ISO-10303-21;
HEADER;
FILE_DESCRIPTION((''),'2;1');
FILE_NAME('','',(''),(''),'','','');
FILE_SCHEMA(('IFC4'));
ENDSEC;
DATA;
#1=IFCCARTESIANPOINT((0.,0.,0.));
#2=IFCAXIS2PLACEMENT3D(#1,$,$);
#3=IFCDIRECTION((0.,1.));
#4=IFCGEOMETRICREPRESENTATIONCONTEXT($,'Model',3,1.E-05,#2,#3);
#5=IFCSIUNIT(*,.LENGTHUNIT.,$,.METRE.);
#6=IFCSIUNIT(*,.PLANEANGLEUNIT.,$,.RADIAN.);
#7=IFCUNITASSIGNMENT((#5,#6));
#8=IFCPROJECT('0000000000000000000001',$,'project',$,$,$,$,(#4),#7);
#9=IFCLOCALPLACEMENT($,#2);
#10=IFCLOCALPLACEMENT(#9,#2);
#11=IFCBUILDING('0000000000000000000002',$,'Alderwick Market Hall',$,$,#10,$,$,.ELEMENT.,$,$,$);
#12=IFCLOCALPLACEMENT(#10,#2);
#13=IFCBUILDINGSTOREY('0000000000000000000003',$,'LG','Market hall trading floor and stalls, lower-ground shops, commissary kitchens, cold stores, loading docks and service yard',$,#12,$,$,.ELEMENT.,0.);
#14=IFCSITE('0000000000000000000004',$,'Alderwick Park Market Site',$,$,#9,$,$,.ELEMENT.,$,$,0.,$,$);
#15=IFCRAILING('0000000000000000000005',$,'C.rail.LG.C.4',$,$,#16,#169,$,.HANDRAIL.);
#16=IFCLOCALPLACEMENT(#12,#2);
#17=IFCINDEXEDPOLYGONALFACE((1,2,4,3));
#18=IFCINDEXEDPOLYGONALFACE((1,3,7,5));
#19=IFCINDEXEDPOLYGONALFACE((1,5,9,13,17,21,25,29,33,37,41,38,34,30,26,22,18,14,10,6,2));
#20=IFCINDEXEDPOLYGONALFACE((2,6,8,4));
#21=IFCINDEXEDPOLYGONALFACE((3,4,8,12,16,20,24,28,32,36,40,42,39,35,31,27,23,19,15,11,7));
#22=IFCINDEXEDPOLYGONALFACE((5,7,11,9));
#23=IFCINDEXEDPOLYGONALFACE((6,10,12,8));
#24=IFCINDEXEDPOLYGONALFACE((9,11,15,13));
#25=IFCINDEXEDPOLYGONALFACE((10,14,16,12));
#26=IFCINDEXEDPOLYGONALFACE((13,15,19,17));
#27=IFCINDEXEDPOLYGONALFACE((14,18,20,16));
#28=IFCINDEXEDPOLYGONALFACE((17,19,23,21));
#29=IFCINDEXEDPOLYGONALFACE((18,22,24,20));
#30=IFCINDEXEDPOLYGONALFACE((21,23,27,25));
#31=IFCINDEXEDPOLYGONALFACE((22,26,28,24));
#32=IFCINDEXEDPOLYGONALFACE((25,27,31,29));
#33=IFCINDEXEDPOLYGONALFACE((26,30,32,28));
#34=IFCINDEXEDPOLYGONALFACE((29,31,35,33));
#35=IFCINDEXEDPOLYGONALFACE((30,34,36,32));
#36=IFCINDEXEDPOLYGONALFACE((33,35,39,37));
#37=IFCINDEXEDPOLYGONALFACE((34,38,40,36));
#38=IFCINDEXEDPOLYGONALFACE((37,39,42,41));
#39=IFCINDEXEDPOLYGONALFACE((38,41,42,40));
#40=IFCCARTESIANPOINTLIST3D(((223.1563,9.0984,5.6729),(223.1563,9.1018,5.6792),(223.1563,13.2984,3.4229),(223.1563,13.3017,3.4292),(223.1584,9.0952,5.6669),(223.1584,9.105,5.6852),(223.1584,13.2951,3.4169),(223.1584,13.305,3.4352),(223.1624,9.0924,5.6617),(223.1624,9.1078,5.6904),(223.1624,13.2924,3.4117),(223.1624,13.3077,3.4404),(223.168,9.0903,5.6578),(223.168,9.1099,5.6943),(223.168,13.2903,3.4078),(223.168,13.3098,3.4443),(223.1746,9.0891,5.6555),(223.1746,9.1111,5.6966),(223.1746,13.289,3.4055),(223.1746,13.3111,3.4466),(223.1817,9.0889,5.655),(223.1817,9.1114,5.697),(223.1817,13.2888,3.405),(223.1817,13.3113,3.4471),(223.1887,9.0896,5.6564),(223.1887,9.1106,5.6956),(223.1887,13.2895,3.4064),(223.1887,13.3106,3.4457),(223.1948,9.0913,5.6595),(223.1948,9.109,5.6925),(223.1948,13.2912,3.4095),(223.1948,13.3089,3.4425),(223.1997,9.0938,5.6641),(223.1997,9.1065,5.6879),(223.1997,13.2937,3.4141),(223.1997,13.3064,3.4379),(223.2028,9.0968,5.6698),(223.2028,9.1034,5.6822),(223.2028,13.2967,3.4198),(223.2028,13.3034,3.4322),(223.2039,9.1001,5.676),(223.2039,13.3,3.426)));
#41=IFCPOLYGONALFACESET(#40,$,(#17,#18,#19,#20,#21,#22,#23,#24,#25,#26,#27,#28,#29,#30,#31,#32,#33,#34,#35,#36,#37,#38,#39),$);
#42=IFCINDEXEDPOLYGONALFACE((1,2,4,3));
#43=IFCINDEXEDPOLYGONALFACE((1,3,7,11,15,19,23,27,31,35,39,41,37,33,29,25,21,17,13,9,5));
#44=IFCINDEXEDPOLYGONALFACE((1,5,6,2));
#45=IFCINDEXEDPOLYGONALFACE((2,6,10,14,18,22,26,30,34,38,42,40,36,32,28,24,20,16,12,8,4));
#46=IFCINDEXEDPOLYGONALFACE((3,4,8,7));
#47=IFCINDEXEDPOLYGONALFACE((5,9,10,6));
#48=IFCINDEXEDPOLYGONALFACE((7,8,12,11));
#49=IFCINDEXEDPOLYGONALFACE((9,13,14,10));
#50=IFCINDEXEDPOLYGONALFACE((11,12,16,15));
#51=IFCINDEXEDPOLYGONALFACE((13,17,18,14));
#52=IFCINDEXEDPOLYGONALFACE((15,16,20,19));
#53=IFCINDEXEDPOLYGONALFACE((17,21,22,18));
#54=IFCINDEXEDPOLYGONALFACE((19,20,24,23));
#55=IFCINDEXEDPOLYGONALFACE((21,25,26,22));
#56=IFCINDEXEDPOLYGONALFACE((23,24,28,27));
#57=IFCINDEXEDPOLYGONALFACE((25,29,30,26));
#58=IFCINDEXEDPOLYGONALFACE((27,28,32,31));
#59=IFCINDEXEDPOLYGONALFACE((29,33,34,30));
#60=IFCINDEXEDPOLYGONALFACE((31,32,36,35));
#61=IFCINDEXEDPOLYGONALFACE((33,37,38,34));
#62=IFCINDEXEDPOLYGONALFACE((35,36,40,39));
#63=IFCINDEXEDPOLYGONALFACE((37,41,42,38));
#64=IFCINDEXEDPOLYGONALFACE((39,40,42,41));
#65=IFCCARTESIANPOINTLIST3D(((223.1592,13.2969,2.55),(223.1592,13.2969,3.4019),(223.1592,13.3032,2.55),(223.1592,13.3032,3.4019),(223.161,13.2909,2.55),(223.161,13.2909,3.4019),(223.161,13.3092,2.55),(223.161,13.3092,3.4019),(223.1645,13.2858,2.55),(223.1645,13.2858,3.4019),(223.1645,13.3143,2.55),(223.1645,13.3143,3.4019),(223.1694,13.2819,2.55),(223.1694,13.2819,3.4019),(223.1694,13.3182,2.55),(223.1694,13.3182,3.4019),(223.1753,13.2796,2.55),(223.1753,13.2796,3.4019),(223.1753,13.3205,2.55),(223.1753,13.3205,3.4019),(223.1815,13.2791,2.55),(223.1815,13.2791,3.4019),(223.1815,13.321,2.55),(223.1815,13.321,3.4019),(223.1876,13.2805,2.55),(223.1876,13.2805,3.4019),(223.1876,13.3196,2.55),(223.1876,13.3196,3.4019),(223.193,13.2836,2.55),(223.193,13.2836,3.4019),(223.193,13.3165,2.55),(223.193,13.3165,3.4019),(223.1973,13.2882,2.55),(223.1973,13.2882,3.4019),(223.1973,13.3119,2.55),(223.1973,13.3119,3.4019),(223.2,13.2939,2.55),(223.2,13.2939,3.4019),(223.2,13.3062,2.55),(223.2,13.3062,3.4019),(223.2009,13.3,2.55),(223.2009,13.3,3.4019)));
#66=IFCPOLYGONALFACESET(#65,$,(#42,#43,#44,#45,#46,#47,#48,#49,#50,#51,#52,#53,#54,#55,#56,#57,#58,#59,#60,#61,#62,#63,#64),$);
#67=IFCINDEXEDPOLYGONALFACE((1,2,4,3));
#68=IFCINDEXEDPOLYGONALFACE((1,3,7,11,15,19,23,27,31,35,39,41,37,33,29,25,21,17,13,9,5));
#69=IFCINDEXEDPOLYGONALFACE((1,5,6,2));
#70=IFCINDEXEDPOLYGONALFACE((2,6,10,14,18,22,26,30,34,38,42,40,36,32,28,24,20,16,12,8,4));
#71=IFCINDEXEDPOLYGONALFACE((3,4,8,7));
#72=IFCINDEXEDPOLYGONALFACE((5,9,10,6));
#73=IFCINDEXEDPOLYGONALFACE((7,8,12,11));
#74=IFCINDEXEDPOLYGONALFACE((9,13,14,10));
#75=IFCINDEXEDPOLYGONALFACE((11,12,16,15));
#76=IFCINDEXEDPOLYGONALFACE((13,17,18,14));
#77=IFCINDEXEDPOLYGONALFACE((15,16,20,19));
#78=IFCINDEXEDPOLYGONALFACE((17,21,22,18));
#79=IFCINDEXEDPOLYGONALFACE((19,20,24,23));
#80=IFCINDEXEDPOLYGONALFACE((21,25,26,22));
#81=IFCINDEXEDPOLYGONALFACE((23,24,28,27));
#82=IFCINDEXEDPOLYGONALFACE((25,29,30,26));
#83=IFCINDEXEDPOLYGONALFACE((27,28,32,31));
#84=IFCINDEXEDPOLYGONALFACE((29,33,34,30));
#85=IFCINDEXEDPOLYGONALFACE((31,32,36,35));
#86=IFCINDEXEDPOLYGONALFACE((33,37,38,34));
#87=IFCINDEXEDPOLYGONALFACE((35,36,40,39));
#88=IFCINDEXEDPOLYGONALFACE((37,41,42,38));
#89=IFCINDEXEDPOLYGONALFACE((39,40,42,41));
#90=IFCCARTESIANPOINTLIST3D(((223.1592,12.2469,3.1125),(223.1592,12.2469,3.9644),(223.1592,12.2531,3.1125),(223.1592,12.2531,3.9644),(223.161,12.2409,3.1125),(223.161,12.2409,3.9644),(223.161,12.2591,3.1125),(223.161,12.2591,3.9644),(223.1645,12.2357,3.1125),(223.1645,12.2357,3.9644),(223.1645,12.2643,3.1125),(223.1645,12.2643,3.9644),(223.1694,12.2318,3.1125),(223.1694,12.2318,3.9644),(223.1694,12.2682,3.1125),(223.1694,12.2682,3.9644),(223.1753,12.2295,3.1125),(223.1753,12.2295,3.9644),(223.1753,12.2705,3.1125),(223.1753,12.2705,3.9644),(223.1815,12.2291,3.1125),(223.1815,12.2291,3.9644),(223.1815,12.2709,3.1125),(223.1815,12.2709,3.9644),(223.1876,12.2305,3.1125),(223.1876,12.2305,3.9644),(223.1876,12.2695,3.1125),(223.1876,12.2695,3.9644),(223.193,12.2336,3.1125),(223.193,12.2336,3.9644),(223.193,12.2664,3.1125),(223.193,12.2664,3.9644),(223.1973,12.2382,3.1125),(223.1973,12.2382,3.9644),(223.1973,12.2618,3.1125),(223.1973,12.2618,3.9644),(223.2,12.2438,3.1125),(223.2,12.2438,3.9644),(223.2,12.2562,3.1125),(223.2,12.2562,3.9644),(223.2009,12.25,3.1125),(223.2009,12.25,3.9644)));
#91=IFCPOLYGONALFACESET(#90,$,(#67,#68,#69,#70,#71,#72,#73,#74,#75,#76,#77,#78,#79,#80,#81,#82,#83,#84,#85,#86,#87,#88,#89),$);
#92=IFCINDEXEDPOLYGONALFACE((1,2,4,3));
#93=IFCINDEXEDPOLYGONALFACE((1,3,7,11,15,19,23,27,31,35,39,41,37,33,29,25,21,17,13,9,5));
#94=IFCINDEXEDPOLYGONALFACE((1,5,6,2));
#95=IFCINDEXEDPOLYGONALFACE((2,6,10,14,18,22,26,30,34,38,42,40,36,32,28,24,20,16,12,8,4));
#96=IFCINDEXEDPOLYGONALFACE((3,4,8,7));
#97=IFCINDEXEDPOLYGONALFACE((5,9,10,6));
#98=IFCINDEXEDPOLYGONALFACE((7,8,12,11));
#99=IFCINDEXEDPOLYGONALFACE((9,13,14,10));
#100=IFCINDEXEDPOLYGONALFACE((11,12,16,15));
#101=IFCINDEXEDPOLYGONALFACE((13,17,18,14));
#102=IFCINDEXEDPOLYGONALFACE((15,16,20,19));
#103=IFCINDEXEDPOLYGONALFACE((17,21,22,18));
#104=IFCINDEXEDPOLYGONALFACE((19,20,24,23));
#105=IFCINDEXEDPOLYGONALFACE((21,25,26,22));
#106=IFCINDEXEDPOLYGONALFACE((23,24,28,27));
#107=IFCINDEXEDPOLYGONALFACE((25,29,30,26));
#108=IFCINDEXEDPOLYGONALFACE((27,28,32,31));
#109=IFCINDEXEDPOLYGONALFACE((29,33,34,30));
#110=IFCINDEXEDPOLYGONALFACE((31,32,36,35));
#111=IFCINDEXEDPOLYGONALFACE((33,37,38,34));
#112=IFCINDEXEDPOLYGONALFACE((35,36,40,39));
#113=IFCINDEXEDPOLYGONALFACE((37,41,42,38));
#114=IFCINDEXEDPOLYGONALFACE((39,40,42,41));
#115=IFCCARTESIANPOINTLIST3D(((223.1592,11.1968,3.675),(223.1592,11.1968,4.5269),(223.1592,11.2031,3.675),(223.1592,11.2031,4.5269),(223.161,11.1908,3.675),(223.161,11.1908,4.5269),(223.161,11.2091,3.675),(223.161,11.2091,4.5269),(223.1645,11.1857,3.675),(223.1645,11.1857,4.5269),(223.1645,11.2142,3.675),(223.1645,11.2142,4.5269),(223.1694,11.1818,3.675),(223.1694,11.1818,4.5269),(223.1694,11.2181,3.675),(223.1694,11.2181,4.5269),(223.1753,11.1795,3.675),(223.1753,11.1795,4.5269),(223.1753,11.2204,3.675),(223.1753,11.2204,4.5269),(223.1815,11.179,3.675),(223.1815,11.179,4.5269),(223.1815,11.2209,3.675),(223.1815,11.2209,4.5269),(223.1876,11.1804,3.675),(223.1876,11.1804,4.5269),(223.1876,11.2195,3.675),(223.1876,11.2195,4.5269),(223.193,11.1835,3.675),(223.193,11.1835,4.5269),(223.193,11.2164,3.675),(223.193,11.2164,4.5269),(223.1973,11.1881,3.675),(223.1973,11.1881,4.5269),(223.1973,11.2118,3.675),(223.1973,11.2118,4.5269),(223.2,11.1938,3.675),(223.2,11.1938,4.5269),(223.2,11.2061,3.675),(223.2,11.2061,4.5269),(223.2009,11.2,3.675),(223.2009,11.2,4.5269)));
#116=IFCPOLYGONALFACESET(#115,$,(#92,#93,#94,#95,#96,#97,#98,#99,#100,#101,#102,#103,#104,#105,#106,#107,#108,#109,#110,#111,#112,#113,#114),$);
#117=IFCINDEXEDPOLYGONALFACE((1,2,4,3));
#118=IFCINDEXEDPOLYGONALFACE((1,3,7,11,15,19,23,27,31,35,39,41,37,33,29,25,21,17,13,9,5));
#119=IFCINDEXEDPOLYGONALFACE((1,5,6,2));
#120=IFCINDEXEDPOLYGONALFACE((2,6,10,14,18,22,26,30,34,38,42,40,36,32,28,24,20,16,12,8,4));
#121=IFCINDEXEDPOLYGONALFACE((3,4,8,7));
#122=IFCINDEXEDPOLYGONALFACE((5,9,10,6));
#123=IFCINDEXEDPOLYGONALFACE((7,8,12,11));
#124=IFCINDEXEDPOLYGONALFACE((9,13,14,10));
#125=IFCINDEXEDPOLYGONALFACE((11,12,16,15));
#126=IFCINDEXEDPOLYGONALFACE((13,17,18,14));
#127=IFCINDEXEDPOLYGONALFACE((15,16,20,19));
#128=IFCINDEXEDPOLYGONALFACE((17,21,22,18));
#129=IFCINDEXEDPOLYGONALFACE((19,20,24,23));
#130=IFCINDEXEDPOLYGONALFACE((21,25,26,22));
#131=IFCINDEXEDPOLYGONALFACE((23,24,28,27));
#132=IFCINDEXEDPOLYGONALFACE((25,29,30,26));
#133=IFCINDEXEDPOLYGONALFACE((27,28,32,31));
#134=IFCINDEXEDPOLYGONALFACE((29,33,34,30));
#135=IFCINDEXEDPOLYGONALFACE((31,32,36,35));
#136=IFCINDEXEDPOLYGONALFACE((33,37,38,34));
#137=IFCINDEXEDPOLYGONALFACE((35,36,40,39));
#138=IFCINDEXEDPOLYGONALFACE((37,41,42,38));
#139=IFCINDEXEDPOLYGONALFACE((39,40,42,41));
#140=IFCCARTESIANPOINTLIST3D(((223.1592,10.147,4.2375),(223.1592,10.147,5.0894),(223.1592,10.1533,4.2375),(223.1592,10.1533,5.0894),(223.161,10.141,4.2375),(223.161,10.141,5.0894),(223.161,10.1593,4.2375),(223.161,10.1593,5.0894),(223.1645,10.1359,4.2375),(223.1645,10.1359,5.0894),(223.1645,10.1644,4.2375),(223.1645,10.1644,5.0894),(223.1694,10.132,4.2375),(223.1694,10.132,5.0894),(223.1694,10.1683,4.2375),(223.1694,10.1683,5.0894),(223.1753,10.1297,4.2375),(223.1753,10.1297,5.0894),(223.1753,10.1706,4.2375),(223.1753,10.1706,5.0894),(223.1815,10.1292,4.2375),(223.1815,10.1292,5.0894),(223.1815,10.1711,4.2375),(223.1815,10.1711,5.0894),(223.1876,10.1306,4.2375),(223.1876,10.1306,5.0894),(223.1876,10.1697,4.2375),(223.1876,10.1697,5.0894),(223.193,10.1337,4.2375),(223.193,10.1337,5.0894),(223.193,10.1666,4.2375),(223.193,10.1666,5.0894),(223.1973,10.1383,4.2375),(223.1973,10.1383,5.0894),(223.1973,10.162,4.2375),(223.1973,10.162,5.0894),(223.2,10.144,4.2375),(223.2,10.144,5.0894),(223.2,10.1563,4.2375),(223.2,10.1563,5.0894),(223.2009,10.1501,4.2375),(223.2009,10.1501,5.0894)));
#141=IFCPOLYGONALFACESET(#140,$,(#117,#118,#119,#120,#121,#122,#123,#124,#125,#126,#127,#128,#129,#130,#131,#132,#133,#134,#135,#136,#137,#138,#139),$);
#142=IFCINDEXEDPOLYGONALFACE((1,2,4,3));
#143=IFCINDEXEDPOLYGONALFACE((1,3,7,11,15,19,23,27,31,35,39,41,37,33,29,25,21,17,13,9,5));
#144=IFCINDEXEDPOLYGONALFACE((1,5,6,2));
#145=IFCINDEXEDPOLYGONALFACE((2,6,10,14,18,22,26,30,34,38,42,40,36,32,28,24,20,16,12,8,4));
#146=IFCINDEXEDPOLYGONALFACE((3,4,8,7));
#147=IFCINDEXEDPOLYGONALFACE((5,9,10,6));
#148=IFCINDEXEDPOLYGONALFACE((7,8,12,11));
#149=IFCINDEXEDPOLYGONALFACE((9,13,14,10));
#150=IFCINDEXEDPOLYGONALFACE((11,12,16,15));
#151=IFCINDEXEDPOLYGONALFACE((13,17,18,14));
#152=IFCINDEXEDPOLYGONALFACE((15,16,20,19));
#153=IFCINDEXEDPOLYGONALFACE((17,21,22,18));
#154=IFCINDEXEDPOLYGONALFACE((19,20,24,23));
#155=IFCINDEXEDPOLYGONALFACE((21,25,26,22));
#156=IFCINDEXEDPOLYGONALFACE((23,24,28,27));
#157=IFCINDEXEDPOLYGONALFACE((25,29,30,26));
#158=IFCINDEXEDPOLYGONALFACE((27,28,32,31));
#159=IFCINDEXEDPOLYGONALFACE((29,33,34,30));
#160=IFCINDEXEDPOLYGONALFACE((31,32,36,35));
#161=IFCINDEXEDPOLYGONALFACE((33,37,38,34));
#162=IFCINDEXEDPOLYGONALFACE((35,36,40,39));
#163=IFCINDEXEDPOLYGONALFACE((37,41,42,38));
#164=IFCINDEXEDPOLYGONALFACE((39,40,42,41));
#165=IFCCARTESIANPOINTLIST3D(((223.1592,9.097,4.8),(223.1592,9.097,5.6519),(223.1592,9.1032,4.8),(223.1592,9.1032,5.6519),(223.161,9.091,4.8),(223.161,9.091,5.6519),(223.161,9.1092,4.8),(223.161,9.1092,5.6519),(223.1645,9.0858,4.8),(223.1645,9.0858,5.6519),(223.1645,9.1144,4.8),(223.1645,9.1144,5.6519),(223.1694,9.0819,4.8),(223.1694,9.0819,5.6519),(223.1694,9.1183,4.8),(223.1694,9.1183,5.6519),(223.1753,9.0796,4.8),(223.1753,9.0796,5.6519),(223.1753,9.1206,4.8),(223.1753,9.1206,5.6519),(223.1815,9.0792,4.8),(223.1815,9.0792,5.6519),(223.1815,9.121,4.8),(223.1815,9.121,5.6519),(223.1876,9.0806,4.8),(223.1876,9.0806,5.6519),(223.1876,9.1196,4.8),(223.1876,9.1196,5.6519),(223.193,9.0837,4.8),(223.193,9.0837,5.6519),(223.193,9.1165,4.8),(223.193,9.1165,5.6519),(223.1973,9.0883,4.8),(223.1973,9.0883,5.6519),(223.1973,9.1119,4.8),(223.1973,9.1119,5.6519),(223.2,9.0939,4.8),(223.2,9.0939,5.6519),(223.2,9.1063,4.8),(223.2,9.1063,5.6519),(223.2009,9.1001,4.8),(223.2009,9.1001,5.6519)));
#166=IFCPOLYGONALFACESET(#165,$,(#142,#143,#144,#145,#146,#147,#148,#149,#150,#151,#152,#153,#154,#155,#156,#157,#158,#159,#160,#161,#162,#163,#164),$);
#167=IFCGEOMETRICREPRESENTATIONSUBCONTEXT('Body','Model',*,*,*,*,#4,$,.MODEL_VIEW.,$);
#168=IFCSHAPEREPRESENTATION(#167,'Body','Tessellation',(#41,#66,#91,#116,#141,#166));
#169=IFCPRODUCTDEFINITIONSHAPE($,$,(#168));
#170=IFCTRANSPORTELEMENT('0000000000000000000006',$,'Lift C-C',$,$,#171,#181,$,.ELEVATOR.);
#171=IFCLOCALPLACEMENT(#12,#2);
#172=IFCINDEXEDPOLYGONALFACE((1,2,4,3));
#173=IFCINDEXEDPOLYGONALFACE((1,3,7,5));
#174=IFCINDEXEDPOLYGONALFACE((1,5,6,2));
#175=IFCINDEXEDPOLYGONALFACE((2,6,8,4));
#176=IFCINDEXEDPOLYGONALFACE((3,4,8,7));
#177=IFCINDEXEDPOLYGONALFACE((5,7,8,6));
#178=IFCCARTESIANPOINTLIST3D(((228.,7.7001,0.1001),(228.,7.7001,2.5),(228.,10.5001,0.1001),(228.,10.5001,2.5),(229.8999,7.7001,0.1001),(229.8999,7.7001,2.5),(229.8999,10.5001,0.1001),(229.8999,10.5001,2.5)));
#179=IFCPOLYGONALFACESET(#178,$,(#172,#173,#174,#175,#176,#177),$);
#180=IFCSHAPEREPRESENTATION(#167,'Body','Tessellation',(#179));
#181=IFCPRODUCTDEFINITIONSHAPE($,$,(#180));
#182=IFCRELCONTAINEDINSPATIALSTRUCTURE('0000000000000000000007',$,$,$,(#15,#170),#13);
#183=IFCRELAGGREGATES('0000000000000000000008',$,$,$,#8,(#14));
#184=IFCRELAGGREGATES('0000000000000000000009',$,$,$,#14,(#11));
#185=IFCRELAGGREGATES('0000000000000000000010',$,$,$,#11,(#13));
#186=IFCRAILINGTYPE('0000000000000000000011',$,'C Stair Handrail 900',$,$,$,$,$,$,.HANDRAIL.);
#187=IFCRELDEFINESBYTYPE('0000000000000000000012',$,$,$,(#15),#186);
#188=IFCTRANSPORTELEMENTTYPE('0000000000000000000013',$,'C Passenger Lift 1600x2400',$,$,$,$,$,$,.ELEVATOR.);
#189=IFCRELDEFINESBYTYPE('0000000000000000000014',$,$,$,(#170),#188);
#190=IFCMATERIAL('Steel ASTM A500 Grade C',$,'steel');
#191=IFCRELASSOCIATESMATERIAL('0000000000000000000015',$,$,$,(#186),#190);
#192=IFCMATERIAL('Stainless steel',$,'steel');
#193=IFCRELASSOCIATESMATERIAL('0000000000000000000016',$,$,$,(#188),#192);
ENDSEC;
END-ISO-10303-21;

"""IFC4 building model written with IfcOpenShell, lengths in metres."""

from ifc_helpers import new_model, si_unit, direction, frame, origin, origin_2d, place, context, subcontext, project, spatial, rectangle, circle, extrude, material, type_object, element, save


model = new_model("IFC4")

# Units and contexts
model_context = context("Model", 3, precision=1e-05, world=origin(), true_north=direction((0.0, 1.0)))
body_context = subcontext(model_context, "Body", "Model", "MODEL_VIEW")
ifc_project = project(units=[si_unit("LENGTHUNIT", "METRE"), si_unit("PLANEANGLEUNIT", "RADIAN")], contexts=[model_context])

# Site, building, storey
site_placement = place(None, origin())
site = spatial("IfcSite", under=ifc_project, at=site_placement, Name="Alderwick Park Market Site", CompositionType="ELEMENT", RefElevation=0.0)
building_placement = place(site_placement, origin())
building = spatial("IfcBuilding", under=site, at=building_placement, Name="Alderwick Market Hall", CompositionType="ELEMENT")
storey_placement = place(building_placement, origin())
storey = spatial("IfcBuildingStorey", under=building, at=storey_placement, Name="LG", Description="Market hall trading floor and stalls, lower-ground shops, commissary kitchens, cold stores, loading docks and service yard", CompositionType="ELEMENT", Elevation=0.0)

# Shared definitions
ifc_material_1 = material(Name="Stainless steel", Category="steel")

# Railing
ifc_material_2 = material(Name="Steel ASTM A500 Grade C", Category="steel")
railing_type = type_object("IfcRailingType", Name="C Stair Handrail 900", PredefinedType="HANDRAIL", material=ifc_material_2)
for number, where, name in (
    (1, (223.1799, 13.3, 2.55), "C.rail.LG.C.4"),
):
    element("IfcRailing", number, at=place(storey_placement, frame(where)), inside=storey, type_object=railing_type, Name=name, PredefinedType="HANDRAIL", context=body_context, shape_type="SweptSolid", body=[
        extrude(circle(Radius=0.0239, at=origin_2d()), frame((0.0, 0.0, 0.876), z_axis=(0.0, -0.881478, 0.472226), x_axis=(1.0, 0.0, 0.0)), (0.0, 0.0, 1.0), 4.7646),
        extrude(circle(Radius=0.021, at=origin_2d()), origin(), (0.0, 0.0, 1.0), 0.8518),
        extrude(circle(Radius=0.021, at=origin_2d()), frame((0.0, -1.05, 0.5625)), (0.0, 0.0, 1.0), 0.8518),
        extrude(circle(Radius=0.021, at=origin_2d()), frame((0.0, -2.1001, 1.125)), (0.0, 0.0, 1.0), 0.8518),
        extrude(circle(Radius=0.021, at=origin_2d()), frame((0.0, -3.1499, 1.6875)), (0.0, 0.0, 1.0), 0.8518),
        extrude(circle(Radius=0.021, at=origin_2d()), frame((0.0, -4.2, 2.25)), (0.0, 0.0, 1.0), 0.8518),
    ])

# Transport element
transport_element_type = type_object("IfcTransportElementType", Name="C Passenger Lift 1600x2400", PredefinedType="ELEVATOR", material=ifc_material_1)
transport_element_placement = place(storey_placement, frame((228.95, 9.1001, 0.1001), z_axis=(0.0, 0.0, 1.0), x_axis=(1.0, 0.0, 0.0)))
element("IfcTransportElement", 2, at=transport_element_placement, inside=storey, type_object=transport_element_type, Name="Lift C-C", PredefinedType="ELEVATOR", context=body_context, shape_type="SweptSolid", body=[
    extrude(rectangle(XDim=1.8999, YDim=2.8, at=origin_2d()), origin(), (0.0, 0.0, 1.0), 2.3999),
])

save(model, "model.ifc")
